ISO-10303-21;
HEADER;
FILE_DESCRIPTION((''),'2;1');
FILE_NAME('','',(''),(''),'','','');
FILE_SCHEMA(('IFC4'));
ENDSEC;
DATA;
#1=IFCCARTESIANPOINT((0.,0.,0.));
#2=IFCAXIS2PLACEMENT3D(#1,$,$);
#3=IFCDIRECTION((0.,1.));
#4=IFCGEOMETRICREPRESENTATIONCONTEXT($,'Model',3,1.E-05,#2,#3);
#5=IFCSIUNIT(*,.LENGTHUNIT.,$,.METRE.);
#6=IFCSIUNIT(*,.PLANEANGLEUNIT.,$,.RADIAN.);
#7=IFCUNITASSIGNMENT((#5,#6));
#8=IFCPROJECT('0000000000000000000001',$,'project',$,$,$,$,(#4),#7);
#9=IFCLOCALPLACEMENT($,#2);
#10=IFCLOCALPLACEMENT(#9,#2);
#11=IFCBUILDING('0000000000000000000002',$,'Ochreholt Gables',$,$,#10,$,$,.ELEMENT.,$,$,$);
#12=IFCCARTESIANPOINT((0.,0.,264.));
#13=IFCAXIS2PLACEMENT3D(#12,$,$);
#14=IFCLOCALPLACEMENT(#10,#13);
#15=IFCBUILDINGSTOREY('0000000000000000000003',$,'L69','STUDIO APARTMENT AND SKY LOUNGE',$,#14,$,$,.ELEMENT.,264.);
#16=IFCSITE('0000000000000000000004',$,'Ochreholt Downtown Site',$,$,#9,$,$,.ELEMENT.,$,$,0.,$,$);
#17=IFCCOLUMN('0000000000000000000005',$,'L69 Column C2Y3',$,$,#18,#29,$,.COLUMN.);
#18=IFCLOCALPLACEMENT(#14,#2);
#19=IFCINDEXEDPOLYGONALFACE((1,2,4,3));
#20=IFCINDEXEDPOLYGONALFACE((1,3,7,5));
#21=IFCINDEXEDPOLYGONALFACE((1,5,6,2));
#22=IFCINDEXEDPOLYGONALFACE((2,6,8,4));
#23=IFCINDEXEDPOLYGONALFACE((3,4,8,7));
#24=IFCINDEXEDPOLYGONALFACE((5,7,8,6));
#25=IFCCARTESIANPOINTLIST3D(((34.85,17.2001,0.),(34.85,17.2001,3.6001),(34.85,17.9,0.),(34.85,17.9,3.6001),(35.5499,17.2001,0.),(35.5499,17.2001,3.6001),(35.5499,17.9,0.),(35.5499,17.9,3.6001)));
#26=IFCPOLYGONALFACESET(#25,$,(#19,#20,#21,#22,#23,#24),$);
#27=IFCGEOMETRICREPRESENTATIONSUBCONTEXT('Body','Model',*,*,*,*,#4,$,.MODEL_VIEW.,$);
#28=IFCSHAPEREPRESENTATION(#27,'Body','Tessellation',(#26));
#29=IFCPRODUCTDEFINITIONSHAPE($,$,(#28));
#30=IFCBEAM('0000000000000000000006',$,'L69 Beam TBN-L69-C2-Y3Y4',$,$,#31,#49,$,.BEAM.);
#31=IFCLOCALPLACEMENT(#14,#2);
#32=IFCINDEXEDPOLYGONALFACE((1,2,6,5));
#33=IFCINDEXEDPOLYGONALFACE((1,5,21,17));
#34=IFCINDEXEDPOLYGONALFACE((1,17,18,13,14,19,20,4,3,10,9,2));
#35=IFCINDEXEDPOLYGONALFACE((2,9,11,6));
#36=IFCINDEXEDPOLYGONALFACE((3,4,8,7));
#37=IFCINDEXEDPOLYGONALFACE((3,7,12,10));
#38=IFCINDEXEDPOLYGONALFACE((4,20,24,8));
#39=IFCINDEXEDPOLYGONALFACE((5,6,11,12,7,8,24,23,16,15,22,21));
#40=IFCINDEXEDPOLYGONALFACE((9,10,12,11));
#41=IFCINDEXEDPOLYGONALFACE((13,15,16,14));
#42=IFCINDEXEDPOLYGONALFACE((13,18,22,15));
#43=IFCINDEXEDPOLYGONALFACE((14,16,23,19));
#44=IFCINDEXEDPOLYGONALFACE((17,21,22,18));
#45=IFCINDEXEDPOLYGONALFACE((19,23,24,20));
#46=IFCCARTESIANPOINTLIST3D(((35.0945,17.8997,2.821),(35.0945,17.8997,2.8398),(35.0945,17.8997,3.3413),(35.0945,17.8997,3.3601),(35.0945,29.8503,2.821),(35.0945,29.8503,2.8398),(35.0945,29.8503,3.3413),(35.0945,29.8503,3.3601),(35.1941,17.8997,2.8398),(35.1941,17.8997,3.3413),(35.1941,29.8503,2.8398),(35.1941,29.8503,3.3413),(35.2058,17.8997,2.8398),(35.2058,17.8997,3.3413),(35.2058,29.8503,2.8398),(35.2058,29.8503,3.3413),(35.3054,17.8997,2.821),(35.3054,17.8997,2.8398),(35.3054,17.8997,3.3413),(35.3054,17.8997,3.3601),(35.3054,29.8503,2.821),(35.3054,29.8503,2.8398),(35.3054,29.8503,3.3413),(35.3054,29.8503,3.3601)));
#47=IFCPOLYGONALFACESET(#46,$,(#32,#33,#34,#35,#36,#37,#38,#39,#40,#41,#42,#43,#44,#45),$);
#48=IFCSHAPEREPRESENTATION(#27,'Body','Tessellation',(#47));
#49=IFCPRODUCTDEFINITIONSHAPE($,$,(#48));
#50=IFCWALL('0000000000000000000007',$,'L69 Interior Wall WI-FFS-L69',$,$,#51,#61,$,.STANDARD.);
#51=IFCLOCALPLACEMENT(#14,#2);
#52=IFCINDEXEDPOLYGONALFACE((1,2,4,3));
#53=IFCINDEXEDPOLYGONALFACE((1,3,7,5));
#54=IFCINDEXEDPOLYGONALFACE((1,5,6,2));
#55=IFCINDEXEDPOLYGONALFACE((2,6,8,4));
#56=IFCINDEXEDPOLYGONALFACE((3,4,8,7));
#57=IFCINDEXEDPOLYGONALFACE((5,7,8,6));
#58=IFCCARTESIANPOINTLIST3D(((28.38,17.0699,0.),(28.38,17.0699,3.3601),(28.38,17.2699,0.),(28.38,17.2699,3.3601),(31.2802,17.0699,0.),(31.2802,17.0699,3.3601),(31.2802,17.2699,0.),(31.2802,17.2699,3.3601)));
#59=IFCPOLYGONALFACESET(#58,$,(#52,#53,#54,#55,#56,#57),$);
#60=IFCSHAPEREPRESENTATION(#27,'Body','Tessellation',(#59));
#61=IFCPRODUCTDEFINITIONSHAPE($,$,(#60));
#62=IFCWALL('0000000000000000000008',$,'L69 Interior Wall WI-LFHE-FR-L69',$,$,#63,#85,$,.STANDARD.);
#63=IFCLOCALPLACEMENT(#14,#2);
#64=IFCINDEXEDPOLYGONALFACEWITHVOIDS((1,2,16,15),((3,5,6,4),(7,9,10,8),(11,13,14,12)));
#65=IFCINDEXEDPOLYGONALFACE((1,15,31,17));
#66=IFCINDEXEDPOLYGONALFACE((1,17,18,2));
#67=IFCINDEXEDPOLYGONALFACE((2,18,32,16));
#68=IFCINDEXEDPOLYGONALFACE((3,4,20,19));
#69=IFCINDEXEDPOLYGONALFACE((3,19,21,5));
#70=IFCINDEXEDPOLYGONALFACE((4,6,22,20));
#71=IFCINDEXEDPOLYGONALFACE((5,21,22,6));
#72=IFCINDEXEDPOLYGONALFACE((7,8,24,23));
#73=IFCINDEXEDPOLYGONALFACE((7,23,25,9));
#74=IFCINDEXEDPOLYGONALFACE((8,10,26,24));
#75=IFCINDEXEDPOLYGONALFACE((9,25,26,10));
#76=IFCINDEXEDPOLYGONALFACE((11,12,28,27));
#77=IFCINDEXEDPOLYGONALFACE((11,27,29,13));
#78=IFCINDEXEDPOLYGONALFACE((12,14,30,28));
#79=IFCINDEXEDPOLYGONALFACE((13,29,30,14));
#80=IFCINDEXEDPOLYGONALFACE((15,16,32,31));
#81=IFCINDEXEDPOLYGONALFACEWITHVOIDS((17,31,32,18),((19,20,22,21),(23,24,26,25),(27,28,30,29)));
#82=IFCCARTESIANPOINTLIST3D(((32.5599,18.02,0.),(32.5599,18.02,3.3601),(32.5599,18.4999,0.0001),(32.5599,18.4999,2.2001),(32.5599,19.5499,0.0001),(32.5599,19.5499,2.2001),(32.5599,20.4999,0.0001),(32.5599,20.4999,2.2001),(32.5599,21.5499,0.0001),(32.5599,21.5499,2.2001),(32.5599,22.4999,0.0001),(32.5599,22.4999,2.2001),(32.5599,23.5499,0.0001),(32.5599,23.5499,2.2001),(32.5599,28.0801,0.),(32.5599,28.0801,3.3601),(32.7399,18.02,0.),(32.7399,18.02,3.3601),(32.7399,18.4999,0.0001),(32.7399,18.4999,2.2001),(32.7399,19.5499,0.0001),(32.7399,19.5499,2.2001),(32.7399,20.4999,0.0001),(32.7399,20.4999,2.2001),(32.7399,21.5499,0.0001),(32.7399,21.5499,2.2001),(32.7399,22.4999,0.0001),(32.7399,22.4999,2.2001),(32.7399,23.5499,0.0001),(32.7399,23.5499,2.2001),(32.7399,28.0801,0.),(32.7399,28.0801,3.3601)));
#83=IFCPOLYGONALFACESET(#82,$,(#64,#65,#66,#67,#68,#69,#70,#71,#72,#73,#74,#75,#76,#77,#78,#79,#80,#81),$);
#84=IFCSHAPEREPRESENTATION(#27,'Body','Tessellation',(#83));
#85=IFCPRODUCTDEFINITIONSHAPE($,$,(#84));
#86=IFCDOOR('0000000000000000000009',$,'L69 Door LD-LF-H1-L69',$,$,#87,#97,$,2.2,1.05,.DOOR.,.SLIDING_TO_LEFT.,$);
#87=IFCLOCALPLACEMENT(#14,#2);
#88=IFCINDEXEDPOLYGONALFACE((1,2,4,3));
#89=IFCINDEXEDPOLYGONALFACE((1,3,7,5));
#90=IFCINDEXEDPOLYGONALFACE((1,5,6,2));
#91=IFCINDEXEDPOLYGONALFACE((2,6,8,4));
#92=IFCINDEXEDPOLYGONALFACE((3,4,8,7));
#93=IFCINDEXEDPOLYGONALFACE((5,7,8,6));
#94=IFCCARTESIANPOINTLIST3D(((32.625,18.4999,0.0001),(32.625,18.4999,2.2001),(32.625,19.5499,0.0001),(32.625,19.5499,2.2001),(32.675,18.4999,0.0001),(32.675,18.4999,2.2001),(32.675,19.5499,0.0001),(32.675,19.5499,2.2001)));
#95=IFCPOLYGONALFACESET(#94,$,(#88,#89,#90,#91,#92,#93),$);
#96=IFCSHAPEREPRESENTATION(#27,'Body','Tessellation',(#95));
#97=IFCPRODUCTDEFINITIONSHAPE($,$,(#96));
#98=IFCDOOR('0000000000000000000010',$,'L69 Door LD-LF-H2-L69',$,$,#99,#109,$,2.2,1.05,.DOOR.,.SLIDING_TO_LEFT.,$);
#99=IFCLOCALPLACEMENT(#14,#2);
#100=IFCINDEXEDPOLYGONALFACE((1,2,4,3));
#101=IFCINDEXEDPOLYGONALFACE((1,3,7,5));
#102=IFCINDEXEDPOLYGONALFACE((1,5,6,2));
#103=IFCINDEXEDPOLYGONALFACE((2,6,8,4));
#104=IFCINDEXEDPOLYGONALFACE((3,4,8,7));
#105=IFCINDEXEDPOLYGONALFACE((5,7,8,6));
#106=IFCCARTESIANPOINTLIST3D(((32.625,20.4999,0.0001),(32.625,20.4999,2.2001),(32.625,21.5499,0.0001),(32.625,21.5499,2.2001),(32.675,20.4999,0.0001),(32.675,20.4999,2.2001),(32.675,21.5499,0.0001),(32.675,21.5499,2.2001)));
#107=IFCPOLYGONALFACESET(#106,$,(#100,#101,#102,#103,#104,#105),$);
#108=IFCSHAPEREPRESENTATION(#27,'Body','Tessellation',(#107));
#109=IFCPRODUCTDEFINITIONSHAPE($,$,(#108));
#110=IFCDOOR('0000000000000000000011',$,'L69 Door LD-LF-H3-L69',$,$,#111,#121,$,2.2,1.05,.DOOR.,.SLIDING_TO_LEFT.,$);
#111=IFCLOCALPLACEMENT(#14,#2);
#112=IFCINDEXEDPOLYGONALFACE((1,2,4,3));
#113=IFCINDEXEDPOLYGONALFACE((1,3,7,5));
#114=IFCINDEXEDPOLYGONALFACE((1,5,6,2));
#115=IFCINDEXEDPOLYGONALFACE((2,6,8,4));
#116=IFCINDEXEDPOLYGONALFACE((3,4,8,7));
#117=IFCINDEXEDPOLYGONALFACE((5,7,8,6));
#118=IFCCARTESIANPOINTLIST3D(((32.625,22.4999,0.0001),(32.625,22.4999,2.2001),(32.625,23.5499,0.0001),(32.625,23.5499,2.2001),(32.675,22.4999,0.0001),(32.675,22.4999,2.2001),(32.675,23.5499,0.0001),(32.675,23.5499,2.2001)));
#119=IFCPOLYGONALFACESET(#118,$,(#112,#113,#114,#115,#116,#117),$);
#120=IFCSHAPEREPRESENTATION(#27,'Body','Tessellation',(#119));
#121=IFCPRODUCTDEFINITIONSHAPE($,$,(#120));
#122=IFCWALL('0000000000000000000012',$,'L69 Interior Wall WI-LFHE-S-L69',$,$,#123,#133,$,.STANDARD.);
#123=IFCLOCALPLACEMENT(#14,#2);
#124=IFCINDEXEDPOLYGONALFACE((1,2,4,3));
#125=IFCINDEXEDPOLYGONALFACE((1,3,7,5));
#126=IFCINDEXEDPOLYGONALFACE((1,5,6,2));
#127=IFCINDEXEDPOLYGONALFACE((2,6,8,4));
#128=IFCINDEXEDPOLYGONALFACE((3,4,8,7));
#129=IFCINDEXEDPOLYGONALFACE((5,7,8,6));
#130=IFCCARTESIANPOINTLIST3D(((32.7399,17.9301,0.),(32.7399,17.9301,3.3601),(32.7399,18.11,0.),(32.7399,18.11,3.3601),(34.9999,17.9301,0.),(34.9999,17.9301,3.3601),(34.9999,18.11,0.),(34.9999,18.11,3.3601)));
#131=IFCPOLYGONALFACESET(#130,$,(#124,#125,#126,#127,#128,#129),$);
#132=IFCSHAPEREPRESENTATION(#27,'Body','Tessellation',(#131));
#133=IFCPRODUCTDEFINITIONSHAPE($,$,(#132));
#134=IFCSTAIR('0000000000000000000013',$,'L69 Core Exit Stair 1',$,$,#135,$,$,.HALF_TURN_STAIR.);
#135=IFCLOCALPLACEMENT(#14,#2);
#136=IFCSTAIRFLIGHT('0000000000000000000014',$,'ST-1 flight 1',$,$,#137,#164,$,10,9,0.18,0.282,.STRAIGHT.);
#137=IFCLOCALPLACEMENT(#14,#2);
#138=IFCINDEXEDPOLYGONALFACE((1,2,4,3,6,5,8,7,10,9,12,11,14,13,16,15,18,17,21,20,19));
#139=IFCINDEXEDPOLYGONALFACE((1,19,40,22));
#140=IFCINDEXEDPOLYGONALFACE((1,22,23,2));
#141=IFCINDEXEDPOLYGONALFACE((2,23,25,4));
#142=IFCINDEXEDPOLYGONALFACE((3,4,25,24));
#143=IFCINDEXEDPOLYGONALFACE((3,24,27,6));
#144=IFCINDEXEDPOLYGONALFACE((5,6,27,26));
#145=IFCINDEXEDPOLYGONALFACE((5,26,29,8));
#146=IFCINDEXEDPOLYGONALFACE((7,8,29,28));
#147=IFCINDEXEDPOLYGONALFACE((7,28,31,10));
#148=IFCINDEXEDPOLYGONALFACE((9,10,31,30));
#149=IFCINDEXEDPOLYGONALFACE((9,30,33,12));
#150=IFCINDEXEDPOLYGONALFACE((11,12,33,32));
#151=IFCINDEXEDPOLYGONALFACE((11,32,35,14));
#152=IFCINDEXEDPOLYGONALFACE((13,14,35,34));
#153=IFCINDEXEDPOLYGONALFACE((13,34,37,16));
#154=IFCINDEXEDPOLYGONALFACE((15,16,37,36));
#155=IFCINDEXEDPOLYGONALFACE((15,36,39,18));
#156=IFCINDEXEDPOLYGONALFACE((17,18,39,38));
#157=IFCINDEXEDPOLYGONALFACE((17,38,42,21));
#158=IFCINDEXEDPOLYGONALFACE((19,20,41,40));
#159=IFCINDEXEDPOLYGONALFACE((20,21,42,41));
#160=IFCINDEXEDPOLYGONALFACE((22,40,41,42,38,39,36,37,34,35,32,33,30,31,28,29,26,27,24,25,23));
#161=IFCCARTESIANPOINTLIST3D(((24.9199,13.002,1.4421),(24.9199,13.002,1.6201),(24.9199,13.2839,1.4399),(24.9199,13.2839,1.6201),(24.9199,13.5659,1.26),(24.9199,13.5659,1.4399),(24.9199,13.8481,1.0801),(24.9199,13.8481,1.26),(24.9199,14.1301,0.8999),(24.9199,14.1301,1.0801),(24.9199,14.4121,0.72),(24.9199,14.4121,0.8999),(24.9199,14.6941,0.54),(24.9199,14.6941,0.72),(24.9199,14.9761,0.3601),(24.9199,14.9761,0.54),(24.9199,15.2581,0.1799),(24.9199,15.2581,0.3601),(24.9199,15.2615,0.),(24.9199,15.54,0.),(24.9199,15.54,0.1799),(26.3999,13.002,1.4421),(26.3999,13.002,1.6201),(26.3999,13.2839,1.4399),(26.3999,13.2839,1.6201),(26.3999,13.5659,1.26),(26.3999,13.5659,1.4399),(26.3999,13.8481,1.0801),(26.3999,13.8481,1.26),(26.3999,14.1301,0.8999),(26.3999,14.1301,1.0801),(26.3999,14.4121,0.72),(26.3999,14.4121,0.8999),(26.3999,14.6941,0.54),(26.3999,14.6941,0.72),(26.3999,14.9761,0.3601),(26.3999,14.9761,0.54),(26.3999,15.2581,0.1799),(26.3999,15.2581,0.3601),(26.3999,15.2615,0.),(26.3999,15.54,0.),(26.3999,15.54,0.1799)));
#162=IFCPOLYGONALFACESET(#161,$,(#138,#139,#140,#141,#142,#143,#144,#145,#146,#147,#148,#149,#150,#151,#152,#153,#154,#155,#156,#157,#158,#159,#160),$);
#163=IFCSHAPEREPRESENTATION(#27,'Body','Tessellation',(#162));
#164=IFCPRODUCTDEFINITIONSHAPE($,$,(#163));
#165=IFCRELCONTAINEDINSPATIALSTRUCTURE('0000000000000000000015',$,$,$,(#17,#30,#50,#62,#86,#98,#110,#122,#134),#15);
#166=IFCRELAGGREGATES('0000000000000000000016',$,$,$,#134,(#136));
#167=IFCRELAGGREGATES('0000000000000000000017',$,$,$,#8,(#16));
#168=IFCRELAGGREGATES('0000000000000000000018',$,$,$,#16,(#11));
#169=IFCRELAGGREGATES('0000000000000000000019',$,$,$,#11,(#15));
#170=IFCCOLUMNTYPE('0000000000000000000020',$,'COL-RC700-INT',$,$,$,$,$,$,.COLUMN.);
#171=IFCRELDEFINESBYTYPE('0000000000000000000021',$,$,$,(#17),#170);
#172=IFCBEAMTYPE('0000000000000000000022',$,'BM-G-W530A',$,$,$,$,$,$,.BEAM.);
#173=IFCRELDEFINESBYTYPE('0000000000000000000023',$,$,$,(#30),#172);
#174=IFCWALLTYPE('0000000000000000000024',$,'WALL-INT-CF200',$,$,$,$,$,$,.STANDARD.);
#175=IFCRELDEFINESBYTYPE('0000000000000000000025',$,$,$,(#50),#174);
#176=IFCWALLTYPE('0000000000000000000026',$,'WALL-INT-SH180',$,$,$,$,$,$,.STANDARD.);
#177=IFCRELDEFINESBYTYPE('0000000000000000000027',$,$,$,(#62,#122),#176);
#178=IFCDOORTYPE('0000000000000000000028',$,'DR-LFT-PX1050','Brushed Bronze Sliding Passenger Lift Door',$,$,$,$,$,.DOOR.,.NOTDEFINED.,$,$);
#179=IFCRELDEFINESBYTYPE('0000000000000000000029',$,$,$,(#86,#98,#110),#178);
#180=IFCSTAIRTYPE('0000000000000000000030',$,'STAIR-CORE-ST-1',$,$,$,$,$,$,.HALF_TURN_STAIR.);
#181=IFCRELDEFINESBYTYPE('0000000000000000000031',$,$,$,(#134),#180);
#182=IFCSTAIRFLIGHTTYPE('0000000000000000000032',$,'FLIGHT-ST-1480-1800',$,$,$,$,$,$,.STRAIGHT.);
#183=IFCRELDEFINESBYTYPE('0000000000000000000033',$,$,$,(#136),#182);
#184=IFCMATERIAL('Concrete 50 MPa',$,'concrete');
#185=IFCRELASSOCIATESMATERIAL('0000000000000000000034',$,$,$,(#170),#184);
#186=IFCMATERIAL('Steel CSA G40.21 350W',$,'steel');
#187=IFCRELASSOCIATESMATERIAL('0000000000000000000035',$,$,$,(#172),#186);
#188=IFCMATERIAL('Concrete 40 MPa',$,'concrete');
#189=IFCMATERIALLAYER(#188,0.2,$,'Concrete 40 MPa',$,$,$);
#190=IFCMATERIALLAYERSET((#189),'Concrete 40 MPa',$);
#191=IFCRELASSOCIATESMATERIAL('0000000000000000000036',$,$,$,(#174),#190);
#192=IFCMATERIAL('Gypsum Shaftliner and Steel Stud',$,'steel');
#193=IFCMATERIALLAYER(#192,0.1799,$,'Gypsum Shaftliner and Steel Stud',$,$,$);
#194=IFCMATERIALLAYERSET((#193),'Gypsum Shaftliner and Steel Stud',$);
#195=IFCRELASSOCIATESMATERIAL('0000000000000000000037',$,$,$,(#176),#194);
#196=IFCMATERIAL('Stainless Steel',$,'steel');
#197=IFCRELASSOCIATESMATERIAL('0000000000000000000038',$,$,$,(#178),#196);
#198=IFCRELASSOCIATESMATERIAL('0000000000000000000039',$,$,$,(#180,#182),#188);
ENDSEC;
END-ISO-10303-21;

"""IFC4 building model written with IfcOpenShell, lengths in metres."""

from ifc_helpers import new_model, si_unit, direction, frame, frame_2d, origin, origin_2d, place, context, subcontext, project, spatial, polyline, rectangle, i_section, outline, extrude, material, layer, layer_set, material_profile, profile_set, type_object, element, fill, aggregate, save


model = new_model("IFC4")

# Units and contexts
model_context = context("Model", 3, precision=1e-05, world=origin(), true_north=direction((0.0, 1.0)))
body_context = subcontext(model_context, "Body", "Model", "MODEL_VIEW")
ifc_project = project(units=[si_unit("LENGTHUNIT", "METRE"), si_unit("PLANEANGLEUNIT", "RADIAN")], contexts=[model_context])

# Site, building, storey
site_placement = place(None, origin())
site = spatial("IfcSite", under=ifc_project, at=site_placement, Name="Ochreholt Downtown Site", CompositionType="ELEMENT", RefElevation=0.0)
building_placement = place(site_placement, origin())
building = spatial("IfcBuilding", under=site, at=building_placement, Name="Ochreholt Gables", CompositionType="ELEMENT")
storey_placement = place(building_placement, frame((0.0, 0.0, 264.0)))
storey = spatial("IfcBuildingStorey", under=building, at=storey_placement, Name="L69", Description="STUDIO APARTMENT AND SKY LOUNGE", CompositionType="ELEMENT", Elevation=264.0)

# Column
ifc_material_1 = material(Name="Concrete 50 MPa", Category="concrete")
ifc_material_profile_1 = material_profile(ifc_material_1, rectangle(XDim=0.7, YDim=0.7, at=origin_2d()), Name="RC700X700")
ifc_profile_set_1 = profile_set([ifc_material_profile_1], Name="Concrete 50 MPa")
column_type = type_object("IfcColumnType", Name="COL-RC700-INT", PredefinedType="COLUMN", material=ifc_profile_set_1)
column_placement = place(storey_placement, frame((35.2, 17.55, 0.0), z_axis=(0.0, 0.0, 1.0), x_axis=(1.0, 0.0, 0.0)))
element("IfcColumn", 1, at=column_placement, inside=storey, type_object=column_type, Name="L69 Column C2Y3", PredefinedType="COLUMN", context=body_context, shape_type="SweptSolid", body=[
    extrude(rectangle(XDim=0.7, YDim=0.7, at=origin_2d()), origin(), (0.0, 0.0, 1.0), 3.6001),
])

# Beam
ifc_material_2 = material(Name="Steel CSA G40.21 350W", Category="steel")
ifc_material_profile_2 = material_profile(ifc_material_2, i_section(OverallWidth=0.2109, OverallDepth=0.5391, WebThickness=0.0117, FlangeThickness=0.0188, at=origin_2d()), Name="W530X109")
ifc_profile_set_2 = profile_set([ifc_material_profile_2], Name="Steel CSA G40.21 350W")
beam_type = type_object("IfcBeamType", Name="BM-G-W530A", PredefinedType="BEAM", material=ifc_profile_set_2)
beam_placement = place(storey_placement, frame((35.2, 17.8997, 3.0906), z_axis=(0.0, 1.0, 0.0), x_axis=(-1.0, 0.0, 0.0)))
element("IfcBeam", 2, at=beam_placement, inside=storey, type_object=beam_type, Name="L69 Beam TBN-L69-C2-Y3Y4", PredefinedType="BEAM", context=body_context, shape_type="SweptSolid", body=[
    extrude(i_section(OverallWidth=0.2109, OverallDepth=0.5391, WebThickness=0.0117, FlangeThickness=0.0188, at=origin_2d()), origin(), (0.0, 0.0, 1.0), 11.9507),
])

# Wall
ifc_material_3 = material(Name="Concrete 40 MPa", Category="concrete")
ifc_layer_1 = layer(ifc_material_3, 0.2, Name="Concrete 40 MPa")
ifc_layer_set_1 = layer_set([ifc_layer_1], Name="Concrete 40 MPa")
wall_type_1 = type_object("IfcWallType", Name="WALL-INT-CF200", PredefinedType="STANDARD", material=ifc_layer_set_1)
wall_1_placement = place(storey_placement, frame((28.3799, 17.1699, 0.0), z_axis=(0.0, 0.0, 1.0), x_axis=(1.0, 0.0, 0.0)))
element("IfcWall", 3, at=wall_1_placement, inside=storey, type_object=wall_type_1, Name="L69 Interior Wall WI-FFS-L69", PredefinedType="STANDARD", context=body_context, shape_type="SweptSolid", body=[
    extrude(rectangle(XDim=2.9001, YDim=0.2, at=frame_2d((1.4502, 0.0))), origin(), (0.0, 0.0, 1.0), 3.3601),
])

# Wall, openings, doors
ifc_material_4 = material(Name="Gypsum Shaftliner and Steel Stud", Category="steel")
ifc_layer_2 = layer(ifc_material_4, 0.1799, Name="Gypsum Shaftliner and Steel Stud")
ifc_layer_set_2 = layer_set([ifc_layer_2], Name="Gypsum Shaftliner and Steel Stud")
wall_type_2 = type_object("IfcWallType", Name="WALL-INT-SH180", PredefinedType="STANDARD", material=ifc_layer_set_2)
wall_2_placement = place(storey_placement, frame((32.6499, 18.02, 0.0), z_axis=(0.0, 0.0, 1.0), x_axis=(0.0, 1.0, 0.0)))
wall_2 = element("IfcWall", 4, at=wall_2_placement, inside=storey, type_object=wall_type_2, Name="L69 Interior Wall WI-LFHE-FR-L69", PredefinedType="STANDARD", context=body_context, shape_type="SweptSolid", body=[
    extrude(rectangle(XDim=10.0601, YDim=0.1799, at=frame_2d((5.03, 0.0))), origin(), (0.0, 0.0, 1.0), 3.3601),
])
opening_1_placement = place(wall_2_placement, frame((0.48, 0.0, 0.0)))
opening_1 = element("IfcOpeningElement", 5, at=opening_1_placement, cuts=wall_2, PredefinedType="OPENING", context=body_context, shape_type="SweptSolid", body=[
    extrude(rectangle(XDim=1.05, YDim=2.2, at=frame_2d((0.5249, 1.1001))), frame((0.0, 0.0999, 0.0), z_axis=(0.0, -1.0, 0.0), x_axis=(1.0, 0.0, 0.0)), (0.0, 0.0, 1.0), 0.2),
])
opening_2_placement = place(wall_2_placement, frame((2.48, 0.0, 0.0)))
opening_2 = element("IfcOpeningElement", 6, at=opening_2_placement, cuts=wall_2, PredefinedType="OPENING", context=body_context, shape_type="SweptSolid", body=[
    extrude(rectangle(XDim=1.05, YDim=2.2, at=frame_2d((0.5249, 1.1001))), frame((0.0, 0.0999, 0.0), z_axis=(0.0, -1.0, 0.0), x_axis=(1.0, 0.0, 0.0)), (0.0, 0.0, 1.0), 0.2),
])
opening_3_placement = place(wall_2_placement, frame((4.48, 0.0, 0.0)))
opening_3 = element("IfcOpeningElement", 7, at=opening_3_placement, cuts=wall_2, PredefinedType="OPENING", context=body_context, shape_type="SweptSolid", body=[
    extrude(rectangle(XDim=1.05, YDim=2.2, at=frame_2d((0.5249, 1.1001))), frame((0.0, 0.0999, 0.0), z_axis=(0.0, -1.0, 0.0), x_axis=(1.0, 0.0, 0.0)), (0.0, 0.0, 1.0), 0.2),
])
ifc_material_5 = material(Name="Stainless Steel", Category="steel")
door_type_1 = type_object("IfcDoorType", Name="DR-LFT-PX1050", Description="Brushed Bronze Sliding Passenger Lift Door", OperationType="NOTDEFINED", PredefinedType="DOOR", material=ifc_material_5)
door_1_placement = place(opening_1_placement, origin())
door_1 = element("IfcDoor", 8, at=door_1_placement, inside=storey, type_object=door_type_1, Name="L69 Door LD-LF-H1-L69", OperationType="SLIDING_TO_LEFT", OverallHeight=2.2, OverallWidth=1.05, PredefinedType="DOOR", context=body_context, shape_type="SweptSolid", body=[
    extrude(rectangle(XDim=1.05, YDim=2.2, at=frame_2d((0.5249, 1.1001))), frame((0.0, 0.0249, 0.0), z_axis=(0.0, -1.0, 0.0), x_axis=(1.0, 0.0, 0.0)), (0.0, 0.0, 1.0), 0.05),
])
fill(opening_1, door_1)
door_2_placement = place(opening_2_placement, origin())
door_2 = element("IfcDoor", 9, at=door_2_placement, inside=storey, type_object=door_type_1, Name="L69 Door LD-LF-H2-L69", OperationType="SLIDING_TO_LEFT", OverallHeight=2.2, OverallWidth=1.05, PredefinedType="DOOR", context=body_context, shape_type="SweptSolid", body=[
    extrude(rectangle(XDim=1.05, YDim=2.2, at=frame_2d((0.5249, 1.1001))), frame((0.0, 0.0249, 0.0), z_axis=(0.0, -1.0, 0.0), x_axis=(1.0, 0.0, 0.0)), (0.0, 0.0, 1.0), 0.05),
])
fill(opening_2, door_2)
door_3_placement = place(opening_3_placement, origin())
door_3 = element("IfcDoor", 10, at=door_3_placement, inside=storey, type_object=door_type_1, Name="L69 Door LD-LF-H3-L69", OperationType="SLIDING_TO_LEFT", OverallHeight=2.2, OverallWidth=1.05, PredefinedType="DOOR", context=body_context, shape_type="SweptSolid", body=[
    extrude(rectangle(XDim=1.05, YDim=2.2, at=frame_2d((0.5249, 1.1001))), frame((0.0, 0.0249, 0.0), z_axis=(0.0, -1.0, 0.0), x_axis=(1.0, 0.0, 0.0)), (0.0, 0.0, 1.0), 0.05),
])
fill(opening_3, door_3)

# Wall
wall_3_placement = place(storey_placement, frame((32.74, 18.02, 0.0), z_axis=(0.0, 0.0, 1.0), x_axis=(1.0, 0.0, 0.0)))
element("IfcWall", 11, at=wall_3_placement, inside=storey, type_object=wall_type_2, Name="L69 Interior Wall WI-LFHE-S-L69", PredefinedType="STANDARD", context=body_context, shape_type="SweptSolid", body=[
    extrude(rectangle(XDim=2.26, YDim=0.1799, at=frame_2d((1.1299, 0.0))), origin(), (0.0, 0.0, 1.0), 3.3601),
])

# Stair, stair flight
stair_type = type_object("IfcStairType", Name="STAIR-CORE-ST-1", PredefinedType="HALF_TURN_STAIR", material=ifc_material_3)
stair_placement = place(storey_placement, origin())
stair = element("IfcStair", 12, at=stair_placement, inside=storey, type_object=stair_type, Name="L69 Core Exit Stair 1", PredefinedType="HALF_TURN_STAIR")
stair_flight_type = type_object("IfcStairFlightType", Name="FLIGHT-ST-1480-1800", PredefinedType="STRAIGHT", material=ifc_material_3)
stair_flight_1_placement = place(storey_placement, frame((25.6599, 15.54, 0.0), z_axis=(0.0, 0.0, 1.0), x_axis=(0.0, -1.0, 0.0)))
stair_flight_1 = element("IfcStairFlight", 13, at=stair_flight_1_placement, type_object=stair_flight_type, Name="ST-1 flight 1", NumberOfRisers=10, NumberOfTreads=9, PredefinedType="STRAIGHT", RiserHeight=0.18, TreadLength=0.282, context=body_context, shape_type="SweptSolid", body=[
    extrude(outline(polyline([(0.0, 0.0), (0.0, 0.1799), (0.282, 0.1799), (0.282, 0.3601), (0.564, 0.3601), (0.564, 0.54), (0.8459, 0.54), (0.8459, 0.72), (1.1279, 0.72), (1.1279, 0.8999), (1.4099, 0.8999), (1.4099, 1.0801), (1.6919, 1.0801), (1.6919, 1.26), (1.9741, 1.26), (1.9741, 1.4399), (2.2561, 1.4399), (2.2561, 1.6201), (2.5381, 1.6201), (2.5381, 1.8), (2.5381, 1.4421), (0.2786, 0.0), (0.0, 0.0)])), frame((0.0, 0.74, 0.0), z_axis=(0.0, -1.0, 0.0), x_axis=(1.0, 0.0, 0.0)), (0.0, 0.0, 1.0), 1.48),
])
aggregate(stair, [stair_flight_1])

save(model, "model.ifc")
